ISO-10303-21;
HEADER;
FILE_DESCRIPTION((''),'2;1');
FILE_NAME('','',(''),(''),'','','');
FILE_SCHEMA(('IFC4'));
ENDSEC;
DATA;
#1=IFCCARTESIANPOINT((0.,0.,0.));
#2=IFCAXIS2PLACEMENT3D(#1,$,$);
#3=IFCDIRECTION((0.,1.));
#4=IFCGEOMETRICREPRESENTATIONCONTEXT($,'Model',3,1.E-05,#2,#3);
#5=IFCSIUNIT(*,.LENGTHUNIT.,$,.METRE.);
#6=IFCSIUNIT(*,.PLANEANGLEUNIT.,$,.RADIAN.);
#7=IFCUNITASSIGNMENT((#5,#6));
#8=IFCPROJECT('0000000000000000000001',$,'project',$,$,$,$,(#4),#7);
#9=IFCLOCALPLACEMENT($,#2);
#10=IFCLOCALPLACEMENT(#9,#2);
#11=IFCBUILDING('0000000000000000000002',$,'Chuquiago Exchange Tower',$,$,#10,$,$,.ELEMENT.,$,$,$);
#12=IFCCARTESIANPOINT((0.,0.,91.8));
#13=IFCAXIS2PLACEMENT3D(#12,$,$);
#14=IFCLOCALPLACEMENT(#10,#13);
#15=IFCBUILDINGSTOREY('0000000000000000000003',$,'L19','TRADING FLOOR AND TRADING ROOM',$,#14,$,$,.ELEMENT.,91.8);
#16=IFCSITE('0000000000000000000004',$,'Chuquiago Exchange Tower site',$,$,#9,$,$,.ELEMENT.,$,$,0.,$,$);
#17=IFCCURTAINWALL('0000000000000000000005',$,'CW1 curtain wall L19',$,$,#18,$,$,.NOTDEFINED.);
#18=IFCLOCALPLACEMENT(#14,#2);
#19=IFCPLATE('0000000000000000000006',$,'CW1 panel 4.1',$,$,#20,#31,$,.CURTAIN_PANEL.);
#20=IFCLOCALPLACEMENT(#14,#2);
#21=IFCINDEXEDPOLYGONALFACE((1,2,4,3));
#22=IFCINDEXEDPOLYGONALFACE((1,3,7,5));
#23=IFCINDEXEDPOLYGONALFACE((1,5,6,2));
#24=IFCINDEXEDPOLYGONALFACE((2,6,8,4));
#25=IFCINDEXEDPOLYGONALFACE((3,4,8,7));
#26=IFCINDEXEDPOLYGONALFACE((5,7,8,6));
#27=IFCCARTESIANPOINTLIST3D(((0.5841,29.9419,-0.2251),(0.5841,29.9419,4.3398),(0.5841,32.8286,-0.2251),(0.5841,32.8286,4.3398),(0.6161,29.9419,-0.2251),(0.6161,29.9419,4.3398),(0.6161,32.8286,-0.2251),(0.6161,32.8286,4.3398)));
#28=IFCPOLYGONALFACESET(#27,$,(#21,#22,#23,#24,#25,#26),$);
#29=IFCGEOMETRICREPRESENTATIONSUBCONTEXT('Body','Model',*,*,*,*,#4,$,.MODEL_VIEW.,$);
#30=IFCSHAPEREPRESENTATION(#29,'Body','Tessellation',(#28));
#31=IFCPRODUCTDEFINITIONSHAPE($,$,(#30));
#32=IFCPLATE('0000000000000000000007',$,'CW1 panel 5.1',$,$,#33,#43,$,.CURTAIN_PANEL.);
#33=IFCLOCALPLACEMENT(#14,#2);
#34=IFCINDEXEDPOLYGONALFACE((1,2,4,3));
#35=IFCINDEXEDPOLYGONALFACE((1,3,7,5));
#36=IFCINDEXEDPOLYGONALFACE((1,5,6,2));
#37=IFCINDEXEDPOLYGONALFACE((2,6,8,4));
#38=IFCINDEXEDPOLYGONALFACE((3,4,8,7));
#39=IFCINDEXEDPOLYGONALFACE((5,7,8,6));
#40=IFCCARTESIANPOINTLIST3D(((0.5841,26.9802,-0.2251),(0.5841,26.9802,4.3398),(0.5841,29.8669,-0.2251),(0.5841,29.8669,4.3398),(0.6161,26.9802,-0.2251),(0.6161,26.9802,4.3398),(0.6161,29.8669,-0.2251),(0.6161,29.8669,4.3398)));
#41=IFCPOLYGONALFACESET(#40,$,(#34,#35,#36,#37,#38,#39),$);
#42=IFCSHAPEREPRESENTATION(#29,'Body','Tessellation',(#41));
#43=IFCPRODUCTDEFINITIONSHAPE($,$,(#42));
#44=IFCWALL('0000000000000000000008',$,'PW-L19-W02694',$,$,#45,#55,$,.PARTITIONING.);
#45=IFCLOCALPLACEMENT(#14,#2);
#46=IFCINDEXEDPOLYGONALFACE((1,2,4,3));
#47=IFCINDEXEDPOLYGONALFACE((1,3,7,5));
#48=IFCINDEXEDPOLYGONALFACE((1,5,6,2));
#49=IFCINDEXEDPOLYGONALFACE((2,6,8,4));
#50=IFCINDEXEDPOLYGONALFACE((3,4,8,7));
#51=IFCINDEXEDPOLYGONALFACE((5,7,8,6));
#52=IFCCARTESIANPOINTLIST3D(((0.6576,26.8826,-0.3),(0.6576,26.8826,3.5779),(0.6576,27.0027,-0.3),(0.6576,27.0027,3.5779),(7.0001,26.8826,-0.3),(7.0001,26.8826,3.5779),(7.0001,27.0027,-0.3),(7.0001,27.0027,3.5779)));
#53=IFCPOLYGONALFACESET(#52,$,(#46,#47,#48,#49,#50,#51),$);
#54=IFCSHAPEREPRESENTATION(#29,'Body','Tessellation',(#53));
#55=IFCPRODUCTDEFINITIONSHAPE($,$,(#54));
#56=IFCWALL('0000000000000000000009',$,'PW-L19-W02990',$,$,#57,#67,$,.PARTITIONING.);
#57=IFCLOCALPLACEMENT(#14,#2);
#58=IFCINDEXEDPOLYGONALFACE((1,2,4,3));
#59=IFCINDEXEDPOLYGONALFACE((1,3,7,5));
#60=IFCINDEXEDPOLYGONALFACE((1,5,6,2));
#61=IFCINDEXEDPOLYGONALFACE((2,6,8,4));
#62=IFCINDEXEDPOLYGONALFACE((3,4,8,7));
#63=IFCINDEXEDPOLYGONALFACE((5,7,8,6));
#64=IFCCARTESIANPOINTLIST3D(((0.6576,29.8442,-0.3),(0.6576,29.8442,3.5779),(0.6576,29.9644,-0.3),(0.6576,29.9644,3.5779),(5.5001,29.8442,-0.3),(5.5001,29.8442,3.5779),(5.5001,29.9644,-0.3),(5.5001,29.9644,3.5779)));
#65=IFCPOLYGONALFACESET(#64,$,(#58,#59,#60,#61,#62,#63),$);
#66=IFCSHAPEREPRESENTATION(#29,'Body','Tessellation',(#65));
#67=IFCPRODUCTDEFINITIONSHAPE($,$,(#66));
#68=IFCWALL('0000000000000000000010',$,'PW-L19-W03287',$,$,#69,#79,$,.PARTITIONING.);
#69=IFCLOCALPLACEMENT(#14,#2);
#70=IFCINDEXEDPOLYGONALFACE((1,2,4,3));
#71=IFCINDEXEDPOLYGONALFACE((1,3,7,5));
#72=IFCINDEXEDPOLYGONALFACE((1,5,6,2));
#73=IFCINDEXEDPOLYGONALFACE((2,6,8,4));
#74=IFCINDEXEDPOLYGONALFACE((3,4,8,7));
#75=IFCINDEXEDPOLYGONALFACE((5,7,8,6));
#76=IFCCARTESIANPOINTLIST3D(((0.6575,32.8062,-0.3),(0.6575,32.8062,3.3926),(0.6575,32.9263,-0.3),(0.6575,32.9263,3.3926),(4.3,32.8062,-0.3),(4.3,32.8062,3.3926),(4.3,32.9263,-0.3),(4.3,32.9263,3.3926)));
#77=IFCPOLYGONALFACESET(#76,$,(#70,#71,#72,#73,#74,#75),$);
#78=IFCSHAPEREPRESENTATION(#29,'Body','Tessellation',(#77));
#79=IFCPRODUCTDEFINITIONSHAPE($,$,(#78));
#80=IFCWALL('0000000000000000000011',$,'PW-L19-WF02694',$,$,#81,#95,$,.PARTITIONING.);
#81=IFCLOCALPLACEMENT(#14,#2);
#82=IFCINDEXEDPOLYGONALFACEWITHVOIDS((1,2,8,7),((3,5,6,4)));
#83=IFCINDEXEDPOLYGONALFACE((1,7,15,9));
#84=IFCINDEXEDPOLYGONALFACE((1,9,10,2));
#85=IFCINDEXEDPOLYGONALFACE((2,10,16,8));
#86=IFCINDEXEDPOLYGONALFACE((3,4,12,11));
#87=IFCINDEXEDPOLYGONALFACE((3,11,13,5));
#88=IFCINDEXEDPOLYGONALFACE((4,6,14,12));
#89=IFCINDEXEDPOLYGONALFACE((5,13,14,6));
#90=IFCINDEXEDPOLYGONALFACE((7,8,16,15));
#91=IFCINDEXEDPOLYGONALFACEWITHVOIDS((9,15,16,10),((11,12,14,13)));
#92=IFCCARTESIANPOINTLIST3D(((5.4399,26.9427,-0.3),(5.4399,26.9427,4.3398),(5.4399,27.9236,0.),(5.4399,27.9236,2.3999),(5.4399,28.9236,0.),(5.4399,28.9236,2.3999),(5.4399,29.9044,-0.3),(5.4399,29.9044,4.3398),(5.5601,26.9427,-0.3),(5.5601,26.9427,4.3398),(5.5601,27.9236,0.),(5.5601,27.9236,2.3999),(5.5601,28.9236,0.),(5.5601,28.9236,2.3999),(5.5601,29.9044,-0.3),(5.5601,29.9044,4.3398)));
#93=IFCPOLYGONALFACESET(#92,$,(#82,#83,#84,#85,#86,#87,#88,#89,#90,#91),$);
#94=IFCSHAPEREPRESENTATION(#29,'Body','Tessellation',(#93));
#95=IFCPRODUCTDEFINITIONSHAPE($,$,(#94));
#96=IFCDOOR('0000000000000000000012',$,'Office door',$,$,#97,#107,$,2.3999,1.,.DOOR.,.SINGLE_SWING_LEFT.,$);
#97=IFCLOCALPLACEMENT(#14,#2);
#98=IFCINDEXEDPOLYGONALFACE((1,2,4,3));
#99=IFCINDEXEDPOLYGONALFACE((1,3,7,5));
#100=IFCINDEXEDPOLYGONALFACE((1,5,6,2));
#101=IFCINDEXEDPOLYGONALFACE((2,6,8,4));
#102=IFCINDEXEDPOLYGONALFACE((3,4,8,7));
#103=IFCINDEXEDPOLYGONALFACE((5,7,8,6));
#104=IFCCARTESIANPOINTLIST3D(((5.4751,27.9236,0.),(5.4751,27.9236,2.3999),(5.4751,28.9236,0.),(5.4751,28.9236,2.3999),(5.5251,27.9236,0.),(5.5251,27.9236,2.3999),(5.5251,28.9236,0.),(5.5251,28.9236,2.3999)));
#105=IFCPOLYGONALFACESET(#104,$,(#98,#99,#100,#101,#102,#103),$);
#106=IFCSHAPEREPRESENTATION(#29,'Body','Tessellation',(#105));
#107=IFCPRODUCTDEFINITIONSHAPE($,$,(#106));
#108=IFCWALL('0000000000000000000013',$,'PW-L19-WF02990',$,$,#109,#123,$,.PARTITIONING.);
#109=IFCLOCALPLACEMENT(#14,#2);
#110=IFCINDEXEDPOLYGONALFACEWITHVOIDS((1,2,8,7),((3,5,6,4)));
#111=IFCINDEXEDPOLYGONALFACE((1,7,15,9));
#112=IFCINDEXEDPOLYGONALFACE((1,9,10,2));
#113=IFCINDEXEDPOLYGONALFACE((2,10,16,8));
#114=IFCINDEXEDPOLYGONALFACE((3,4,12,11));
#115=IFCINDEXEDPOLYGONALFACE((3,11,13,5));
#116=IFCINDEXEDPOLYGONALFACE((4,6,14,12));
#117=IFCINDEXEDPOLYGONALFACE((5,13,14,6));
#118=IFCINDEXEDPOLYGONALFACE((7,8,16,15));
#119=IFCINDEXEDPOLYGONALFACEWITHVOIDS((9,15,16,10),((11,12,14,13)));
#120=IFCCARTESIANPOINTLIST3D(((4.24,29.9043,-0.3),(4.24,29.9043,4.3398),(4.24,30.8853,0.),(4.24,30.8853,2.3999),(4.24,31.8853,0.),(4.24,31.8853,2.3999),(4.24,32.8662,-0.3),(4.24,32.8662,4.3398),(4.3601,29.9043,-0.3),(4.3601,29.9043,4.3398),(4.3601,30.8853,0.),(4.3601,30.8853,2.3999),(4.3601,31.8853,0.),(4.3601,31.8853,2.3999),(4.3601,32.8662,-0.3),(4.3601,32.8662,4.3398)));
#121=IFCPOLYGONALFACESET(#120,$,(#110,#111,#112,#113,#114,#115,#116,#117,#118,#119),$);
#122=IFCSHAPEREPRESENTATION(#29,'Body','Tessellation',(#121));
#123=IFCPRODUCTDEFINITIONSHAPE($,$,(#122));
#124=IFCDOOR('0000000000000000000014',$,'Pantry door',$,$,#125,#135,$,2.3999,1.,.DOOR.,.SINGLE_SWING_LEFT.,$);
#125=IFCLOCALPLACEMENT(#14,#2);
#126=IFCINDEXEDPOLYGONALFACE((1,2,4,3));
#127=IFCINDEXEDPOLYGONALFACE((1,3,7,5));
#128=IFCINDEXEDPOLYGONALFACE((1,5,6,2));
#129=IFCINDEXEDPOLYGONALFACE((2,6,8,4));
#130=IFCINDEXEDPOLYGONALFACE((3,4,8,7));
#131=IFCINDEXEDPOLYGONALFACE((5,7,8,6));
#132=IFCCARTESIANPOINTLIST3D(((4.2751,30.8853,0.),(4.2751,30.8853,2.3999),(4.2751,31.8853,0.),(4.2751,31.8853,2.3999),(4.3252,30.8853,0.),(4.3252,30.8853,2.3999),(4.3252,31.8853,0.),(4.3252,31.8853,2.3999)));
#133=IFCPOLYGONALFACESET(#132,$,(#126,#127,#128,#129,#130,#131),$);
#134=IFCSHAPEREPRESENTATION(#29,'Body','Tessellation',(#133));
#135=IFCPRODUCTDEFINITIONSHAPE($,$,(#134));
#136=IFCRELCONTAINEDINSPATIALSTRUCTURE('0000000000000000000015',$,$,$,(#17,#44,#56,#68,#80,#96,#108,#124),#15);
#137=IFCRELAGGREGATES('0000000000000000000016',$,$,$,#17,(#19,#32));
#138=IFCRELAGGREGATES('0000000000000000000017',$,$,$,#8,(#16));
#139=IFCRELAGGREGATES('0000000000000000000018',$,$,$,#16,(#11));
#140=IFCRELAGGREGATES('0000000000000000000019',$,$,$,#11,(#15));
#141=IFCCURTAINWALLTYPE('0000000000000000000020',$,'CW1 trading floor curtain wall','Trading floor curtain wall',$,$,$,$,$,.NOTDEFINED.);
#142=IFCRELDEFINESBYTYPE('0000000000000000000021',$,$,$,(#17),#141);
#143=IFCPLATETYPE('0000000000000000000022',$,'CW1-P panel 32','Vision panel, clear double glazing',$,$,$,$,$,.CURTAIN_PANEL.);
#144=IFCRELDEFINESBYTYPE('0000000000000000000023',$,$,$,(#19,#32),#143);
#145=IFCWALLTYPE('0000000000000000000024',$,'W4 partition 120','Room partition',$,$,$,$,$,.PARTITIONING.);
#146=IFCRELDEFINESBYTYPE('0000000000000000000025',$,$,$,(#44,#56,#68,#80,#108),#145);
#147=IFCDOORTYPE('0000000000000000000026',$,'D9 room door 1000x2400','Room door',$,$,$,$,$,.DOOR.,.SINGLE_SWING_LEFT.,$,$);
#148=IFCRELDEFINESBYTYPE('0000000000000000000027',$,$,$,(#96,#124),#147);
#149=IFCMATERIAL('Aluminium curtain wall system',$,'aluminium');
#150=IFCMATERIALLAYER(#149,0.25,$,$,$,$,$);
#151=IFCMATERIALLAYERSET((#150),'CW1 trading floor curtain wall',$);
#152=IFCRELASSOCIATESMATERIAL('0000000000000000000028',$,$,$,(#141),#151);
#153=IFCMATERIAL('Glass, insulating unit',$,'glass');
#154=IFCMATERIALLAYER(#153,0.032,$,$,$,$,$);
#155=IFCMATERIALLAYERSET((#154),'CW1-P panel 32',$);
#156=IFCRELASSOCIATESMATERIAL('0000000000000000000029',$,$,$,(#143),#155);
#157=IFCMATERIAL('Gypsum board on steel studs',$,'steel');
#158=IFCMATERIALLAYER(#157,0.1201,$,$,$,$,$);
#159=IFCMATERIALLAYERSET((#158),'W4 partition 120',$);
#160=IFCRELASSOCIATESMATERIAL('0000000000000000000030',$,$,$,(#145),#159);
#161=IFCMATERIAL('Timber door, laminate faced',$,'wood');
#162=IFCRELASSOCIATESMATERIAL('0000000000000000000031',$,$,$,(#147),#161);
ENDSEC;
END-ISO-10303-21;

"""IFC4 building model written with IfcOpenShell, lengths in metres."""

from ifc_helpers import new_model, si_unit, direction, frame, frame_2d, origin, origin_2d, place, context, subcontext, project, spatial, rectangle, extrude, material, layer, layer_set, type_object, element, fill, aggregate, save


model = new_model("IFC4")

# Units and contexts
model_context = context("Model", 3, precision=1e-05, world=origin(), true_north=direction((0.0, 1.0)))
body_context = subcontext(model_context, "Body", "Model", "MODEL_VIEW")
ifc_project = project(units=[si_unit("LENGTHUNIT", "METRE"), si_unit("PLANEANGLEUNIT", "RADIAN")], contexts=[model_context])

# Site, building, storey
site_placement = place(None, origin())
site = spatial("IfcSite", under=ifc_project, at=site_placement, Name="Chuquiago Exchange Tower site", CompositionType="ELEMENT", RefElevation=0.0)
building_placement = place(site_placement, origin())
building = spatial("IfcBuilding", under=site, at=building_placement, Name="Chuquiago Exchange Tower", CompositionType="ELEMENT")
storey_placement = place(building_placement, frame((0.0, 0.0, 91.8)))
storey = spatial("IfcBuildingStorey", under=building, at=storey_placement, Name="L19", Description="TRADING FLOOR AND TRADING ROOM", CompositionType="ELEMENT", Elevation=91.8)

# Curtain wall
ifc_material_1 = material(Name="Aluminium curtain wall system", Category="aluminium")
ifc_layer_1 = layer(ifc_material_1, 0.25)
ifc_layer_set_1 = layer_set([ifc_layer_1], Name="CW1 trading floor curtain wall")
curtain_wall_type = type_object("IfcCurtainWallType", Name="CW1 trading floor curtain wall", Description="Trading floor curtain wall", PredefinedType="NOTDEFINED", material=ifc_layer_set_1)
curtain_wall_placement = place(storey_placement, origin())
curtain_wall = element("IfcCurtainWall", 1, at=curtain_wall_placement, inside=storey, type_object=curtain_wall_type, Name="CW1 curtain wall L19", PredefinedType="NOTDEFINED")

# Plates
ifc_material_2 = material(Name="Glass, insulating unit", Category="glass")
ifc_layer_2 = layer(ifc_material_2, 0.032)
ifc_layer_set_2 = layer_set([ifc_layer_2], Name="CW1-P panel 32")
plate_type = type_object("IfcPlateType", Name="CW1-P panel 32", Description="Vision panel, clear double glazing", PredefinedType="CURTAIN_PANEL", material=ifc_layer_set_2)
plate_1_placement = place(storey_placement, frame((0.6001, 31.3853, -0.2251), z_axis=(0.0, 0.0, 1.0), x_axis=(0.0, -1.0, 0.0)))
plate_1 = element("IfcPlate", 2, at=plate_1_placement, type_object=plate_type, Name="CW1 panel 4.1", PredefinedType="CURTAIN_PANEL", context=body_context, shape_type="SweptSolid", body=[
    extrude(rectangle(XDim=2.8867, YDim=0.032, at=origin_2d()), origin(), (0.0, 0.0, 1.0), 4.5649),
])
plate_2_placement = place(storey_placement, frame((0.6001, 28.4236, -0.2251), z_axis=(0.0, 0.0, 1.0), x_axis=(0.0, -1.0, 0.0)))
plate_2 = element("IfcPlate", 3, at=plate_2_placement, type_object=plate_type, Name="CW1 panel 5.1", PredefinedType="CURTAIN_PANEL", context=body_context, shape_type="SweptSolid", body=[
    extrude(rectangle(XDim=2.8867, YDim=0.032, at=origin_2d()), origin(), (0.0, 0.0, 1.0), 4.5649),
])
aggregate(curtain_wall, [plate_1, plate_2])

# Walls
ifc_material_3 = material(Name="Gypsum board on steel studs", Category="steel")
ifc_layer_3 = layer(ifc_material_3, 0.1201)
ifc_layer_set_3 = layer_set([ifc_layer_3], Name="W4 partition 120")
wall_type = type_object("IfcWallType", Name="W4 partition 120", Description="Room partition", PredefinedType="PARTITIONING", material=ifc_layer_set_3)
wall_1_placement = place(storey_placement, frame((0.6575, 26.9426, -0.3), z_axis=(0.0, 0.0, 1.0), x_axis=(1.0, 0.0, 0.0)))
element("IfcWall", 4, at=wall_1_placement, inside=storey, type_object=wall_type, Name="PW-L19-W02694", PredefinedType="PARTITIONING", context=body_context, shape_type="SweptSolid", body=[
    extrude(rectangle(XDim=6.3425, YDim=0.1201, at=frame_2d((3.1714, 0.0))), origin(), (0.0, 0.0, 1.0), 3.8779),
])
wall_2_placement = place(storey_placement, frame((0.6575, 29.9043, -0.3), z_axis=(0.0, 0.0, 1.0), x_axis=(1.0, 0.0, 0.0)))
element("IfcWall", 5, at=wall_2_placement, inside=storey, type_object=wall_type, Name="PW-L19-W02990", PredefinedType="PARTITIONING", context=body_context, shape_type="SweptSolid", body=[
    extrude(rectangle(XDim=4.8425, YDim=0.1201, at=frame_2d((2.4214, 0.0))), origin(), (0.0, 0.0, 1.0), 3.8779),
])
wall_3_placement = place(storey_placement, frame((0.6575, 32.8662, -0.3), z_axis=(0.0, 0.0, 1.0), x_axis=(1.0, 0.0, 0.0)))
element("IfcWall", 6, at=wall_3_placement, inside=storey, type_object=wall_type, Name="PW-L19-W03287", PredefinedType="PARTITIONING", context=body_context, shape_type="SweptSolid", body=[
    extrude(rectangle(XDim=3.6426, YDim=0.1201, at=frame_2d((1.8213, 0.0))), origin(), (0.0, 0.0, 1.0), 3.6926),
])

# Walls, openings, doors
wall_4_placement = place(storey_placement, frame((5.5, 26.9426, -0.3), z_axis=(0.0, 0.0, 1.0), x_axis=(0.0, 1.0, 0.0)))
wall_4 = element("IfcWall", 7, at=wall_4_placement, inside=storey, type_object=wall_type, Name="PW-L19-WF02694", PredefinedType="PARTITIONING", context=body_context, shape_type="SweptSolid", body=[
    extrude(rectangle(XDim=2.9617, YDim=0.1201, at=frame_2d((1.481, 0.0))), origin(), (0.0, 0.0, 1.0), 4.6399),
])
opening_1_placement = place(wall_4_placement, frame((0.981, 0.0, 0.3)))
opening_1 = element("IfcOpeningElement", 8, at=opening_1_placement, cuts=wall_4, PredefinedType="OPENING", context=body_context, shape_type="SweptSolid", body=[
    extrude(rectangle(XDim=1.0, YDim=2.3999, at=frame_2d((0.5, 1.2))), frame((0.0, 0.0701, 0.0), z_axis=(0.0, -1.0, 0.0), x_axis=(1.0, 0.0, 0.0)), (0.0, 0.0, 1.0), 0.1401),
])
ifc_material_4 = material(Name="Timber door, laminate faced", Category="wood")
door_type = type_object("IfcDoorType", Name="D9 room door 1000x2400", Description="Room door", OperationType="SINGLE_SWING_LEFT", PredefinedType="DOOR", material=ifc_material_4)
door_1_placement = place(opening_1_placement, origin())
door_1 = element("IfcDoor", 9, at=door_1_placement, inside=storey, type_object=door_type, Name="Office door", OperationType="SINGLE_SWING_LEFT", OverallHeight=2.3999, OverallWidth=1.0, PredefinedType="DOOR", context=body_context, shape_type="SweptSolid", body=[
    extrude(rectangle(XDim=1.0, YDim=2.3999, at=frame_2d((0.5, 1.2))), frame((0.0, 0.0249, 0.0), z_axis=(0.0, -1.0, 0.0), x_axis=(1.0, 0.0, 0.0)), (0.0, 0.0, 1.0), 0.05),
])
fill(opening_1, door_1)
wall_5_placement = place(storey_placement, frame((4.3, 29.9043, -0.3), z_axis=(0.0, 0.0, 1.0), x_axis=(0.0, 1.0, 0.0)))
wall_5 = element("IfcWall", 10, at=wall_5_placement, inside=storey, type_object=wall_type, Name="PW-L19-WF02990", PredefinedType="PARTITIONING", context=body_context, shape_type="SweptSolid", body=[
    extrude(rectangle(XDim=2.9619, YDim=0.1201, at=frame_2d((1.481, 0.0))), origin(), (0.0, 0.0, 1.0), 4.6399),
])
opening_2_placement = place(wall_5_placement, frame((0.981, 0.0, 0.3)))
opening_2 = element("IfcOpeningElement", 11, at=opening_2_placement, cuts=wall_5, PredefinedType="OPENING", context=body_context, shape_type="SweptSolid", body=[
    extrude(rectangle(XDim=1.0, YDim=2.3999, at=frame_2d((0.5, 1.2))), frame((0.0, 0.0701, 0.0), z_axis=(0.0, -1.0, 0.0), x_axis=(1.0, 0.0, 0.0)), (0.0, 0.0, 1.0), 0.1401),
])
door_2_placement = place(opening_2_placement, origin())
door_2 = element("IfcDoor", 12, at=door_2_placement, inside=storey, type_object=door_type, Name="Pantry door", OperationType="SINGLE_SWING_LEFT", OverallHeight=2.3999, OverallWidth=1.0, PredefinedType="DOOR", context=body_context, shape_type="SweptSolid", body=[
    extrude(rectangle(XDim=1.0, YDim=2.3999, at=frame_2d((0.5, 1.2))), frame((0.0, 0.0249, 0.0), z_axis=(0.0, -1.0, 0.0), x_axis=(1.0, 0.0, 0.0)), (0.0, 0.0, 1.0), 0.05),
])
fill(opening_2, door_2)

save(model, "model.ifc")
